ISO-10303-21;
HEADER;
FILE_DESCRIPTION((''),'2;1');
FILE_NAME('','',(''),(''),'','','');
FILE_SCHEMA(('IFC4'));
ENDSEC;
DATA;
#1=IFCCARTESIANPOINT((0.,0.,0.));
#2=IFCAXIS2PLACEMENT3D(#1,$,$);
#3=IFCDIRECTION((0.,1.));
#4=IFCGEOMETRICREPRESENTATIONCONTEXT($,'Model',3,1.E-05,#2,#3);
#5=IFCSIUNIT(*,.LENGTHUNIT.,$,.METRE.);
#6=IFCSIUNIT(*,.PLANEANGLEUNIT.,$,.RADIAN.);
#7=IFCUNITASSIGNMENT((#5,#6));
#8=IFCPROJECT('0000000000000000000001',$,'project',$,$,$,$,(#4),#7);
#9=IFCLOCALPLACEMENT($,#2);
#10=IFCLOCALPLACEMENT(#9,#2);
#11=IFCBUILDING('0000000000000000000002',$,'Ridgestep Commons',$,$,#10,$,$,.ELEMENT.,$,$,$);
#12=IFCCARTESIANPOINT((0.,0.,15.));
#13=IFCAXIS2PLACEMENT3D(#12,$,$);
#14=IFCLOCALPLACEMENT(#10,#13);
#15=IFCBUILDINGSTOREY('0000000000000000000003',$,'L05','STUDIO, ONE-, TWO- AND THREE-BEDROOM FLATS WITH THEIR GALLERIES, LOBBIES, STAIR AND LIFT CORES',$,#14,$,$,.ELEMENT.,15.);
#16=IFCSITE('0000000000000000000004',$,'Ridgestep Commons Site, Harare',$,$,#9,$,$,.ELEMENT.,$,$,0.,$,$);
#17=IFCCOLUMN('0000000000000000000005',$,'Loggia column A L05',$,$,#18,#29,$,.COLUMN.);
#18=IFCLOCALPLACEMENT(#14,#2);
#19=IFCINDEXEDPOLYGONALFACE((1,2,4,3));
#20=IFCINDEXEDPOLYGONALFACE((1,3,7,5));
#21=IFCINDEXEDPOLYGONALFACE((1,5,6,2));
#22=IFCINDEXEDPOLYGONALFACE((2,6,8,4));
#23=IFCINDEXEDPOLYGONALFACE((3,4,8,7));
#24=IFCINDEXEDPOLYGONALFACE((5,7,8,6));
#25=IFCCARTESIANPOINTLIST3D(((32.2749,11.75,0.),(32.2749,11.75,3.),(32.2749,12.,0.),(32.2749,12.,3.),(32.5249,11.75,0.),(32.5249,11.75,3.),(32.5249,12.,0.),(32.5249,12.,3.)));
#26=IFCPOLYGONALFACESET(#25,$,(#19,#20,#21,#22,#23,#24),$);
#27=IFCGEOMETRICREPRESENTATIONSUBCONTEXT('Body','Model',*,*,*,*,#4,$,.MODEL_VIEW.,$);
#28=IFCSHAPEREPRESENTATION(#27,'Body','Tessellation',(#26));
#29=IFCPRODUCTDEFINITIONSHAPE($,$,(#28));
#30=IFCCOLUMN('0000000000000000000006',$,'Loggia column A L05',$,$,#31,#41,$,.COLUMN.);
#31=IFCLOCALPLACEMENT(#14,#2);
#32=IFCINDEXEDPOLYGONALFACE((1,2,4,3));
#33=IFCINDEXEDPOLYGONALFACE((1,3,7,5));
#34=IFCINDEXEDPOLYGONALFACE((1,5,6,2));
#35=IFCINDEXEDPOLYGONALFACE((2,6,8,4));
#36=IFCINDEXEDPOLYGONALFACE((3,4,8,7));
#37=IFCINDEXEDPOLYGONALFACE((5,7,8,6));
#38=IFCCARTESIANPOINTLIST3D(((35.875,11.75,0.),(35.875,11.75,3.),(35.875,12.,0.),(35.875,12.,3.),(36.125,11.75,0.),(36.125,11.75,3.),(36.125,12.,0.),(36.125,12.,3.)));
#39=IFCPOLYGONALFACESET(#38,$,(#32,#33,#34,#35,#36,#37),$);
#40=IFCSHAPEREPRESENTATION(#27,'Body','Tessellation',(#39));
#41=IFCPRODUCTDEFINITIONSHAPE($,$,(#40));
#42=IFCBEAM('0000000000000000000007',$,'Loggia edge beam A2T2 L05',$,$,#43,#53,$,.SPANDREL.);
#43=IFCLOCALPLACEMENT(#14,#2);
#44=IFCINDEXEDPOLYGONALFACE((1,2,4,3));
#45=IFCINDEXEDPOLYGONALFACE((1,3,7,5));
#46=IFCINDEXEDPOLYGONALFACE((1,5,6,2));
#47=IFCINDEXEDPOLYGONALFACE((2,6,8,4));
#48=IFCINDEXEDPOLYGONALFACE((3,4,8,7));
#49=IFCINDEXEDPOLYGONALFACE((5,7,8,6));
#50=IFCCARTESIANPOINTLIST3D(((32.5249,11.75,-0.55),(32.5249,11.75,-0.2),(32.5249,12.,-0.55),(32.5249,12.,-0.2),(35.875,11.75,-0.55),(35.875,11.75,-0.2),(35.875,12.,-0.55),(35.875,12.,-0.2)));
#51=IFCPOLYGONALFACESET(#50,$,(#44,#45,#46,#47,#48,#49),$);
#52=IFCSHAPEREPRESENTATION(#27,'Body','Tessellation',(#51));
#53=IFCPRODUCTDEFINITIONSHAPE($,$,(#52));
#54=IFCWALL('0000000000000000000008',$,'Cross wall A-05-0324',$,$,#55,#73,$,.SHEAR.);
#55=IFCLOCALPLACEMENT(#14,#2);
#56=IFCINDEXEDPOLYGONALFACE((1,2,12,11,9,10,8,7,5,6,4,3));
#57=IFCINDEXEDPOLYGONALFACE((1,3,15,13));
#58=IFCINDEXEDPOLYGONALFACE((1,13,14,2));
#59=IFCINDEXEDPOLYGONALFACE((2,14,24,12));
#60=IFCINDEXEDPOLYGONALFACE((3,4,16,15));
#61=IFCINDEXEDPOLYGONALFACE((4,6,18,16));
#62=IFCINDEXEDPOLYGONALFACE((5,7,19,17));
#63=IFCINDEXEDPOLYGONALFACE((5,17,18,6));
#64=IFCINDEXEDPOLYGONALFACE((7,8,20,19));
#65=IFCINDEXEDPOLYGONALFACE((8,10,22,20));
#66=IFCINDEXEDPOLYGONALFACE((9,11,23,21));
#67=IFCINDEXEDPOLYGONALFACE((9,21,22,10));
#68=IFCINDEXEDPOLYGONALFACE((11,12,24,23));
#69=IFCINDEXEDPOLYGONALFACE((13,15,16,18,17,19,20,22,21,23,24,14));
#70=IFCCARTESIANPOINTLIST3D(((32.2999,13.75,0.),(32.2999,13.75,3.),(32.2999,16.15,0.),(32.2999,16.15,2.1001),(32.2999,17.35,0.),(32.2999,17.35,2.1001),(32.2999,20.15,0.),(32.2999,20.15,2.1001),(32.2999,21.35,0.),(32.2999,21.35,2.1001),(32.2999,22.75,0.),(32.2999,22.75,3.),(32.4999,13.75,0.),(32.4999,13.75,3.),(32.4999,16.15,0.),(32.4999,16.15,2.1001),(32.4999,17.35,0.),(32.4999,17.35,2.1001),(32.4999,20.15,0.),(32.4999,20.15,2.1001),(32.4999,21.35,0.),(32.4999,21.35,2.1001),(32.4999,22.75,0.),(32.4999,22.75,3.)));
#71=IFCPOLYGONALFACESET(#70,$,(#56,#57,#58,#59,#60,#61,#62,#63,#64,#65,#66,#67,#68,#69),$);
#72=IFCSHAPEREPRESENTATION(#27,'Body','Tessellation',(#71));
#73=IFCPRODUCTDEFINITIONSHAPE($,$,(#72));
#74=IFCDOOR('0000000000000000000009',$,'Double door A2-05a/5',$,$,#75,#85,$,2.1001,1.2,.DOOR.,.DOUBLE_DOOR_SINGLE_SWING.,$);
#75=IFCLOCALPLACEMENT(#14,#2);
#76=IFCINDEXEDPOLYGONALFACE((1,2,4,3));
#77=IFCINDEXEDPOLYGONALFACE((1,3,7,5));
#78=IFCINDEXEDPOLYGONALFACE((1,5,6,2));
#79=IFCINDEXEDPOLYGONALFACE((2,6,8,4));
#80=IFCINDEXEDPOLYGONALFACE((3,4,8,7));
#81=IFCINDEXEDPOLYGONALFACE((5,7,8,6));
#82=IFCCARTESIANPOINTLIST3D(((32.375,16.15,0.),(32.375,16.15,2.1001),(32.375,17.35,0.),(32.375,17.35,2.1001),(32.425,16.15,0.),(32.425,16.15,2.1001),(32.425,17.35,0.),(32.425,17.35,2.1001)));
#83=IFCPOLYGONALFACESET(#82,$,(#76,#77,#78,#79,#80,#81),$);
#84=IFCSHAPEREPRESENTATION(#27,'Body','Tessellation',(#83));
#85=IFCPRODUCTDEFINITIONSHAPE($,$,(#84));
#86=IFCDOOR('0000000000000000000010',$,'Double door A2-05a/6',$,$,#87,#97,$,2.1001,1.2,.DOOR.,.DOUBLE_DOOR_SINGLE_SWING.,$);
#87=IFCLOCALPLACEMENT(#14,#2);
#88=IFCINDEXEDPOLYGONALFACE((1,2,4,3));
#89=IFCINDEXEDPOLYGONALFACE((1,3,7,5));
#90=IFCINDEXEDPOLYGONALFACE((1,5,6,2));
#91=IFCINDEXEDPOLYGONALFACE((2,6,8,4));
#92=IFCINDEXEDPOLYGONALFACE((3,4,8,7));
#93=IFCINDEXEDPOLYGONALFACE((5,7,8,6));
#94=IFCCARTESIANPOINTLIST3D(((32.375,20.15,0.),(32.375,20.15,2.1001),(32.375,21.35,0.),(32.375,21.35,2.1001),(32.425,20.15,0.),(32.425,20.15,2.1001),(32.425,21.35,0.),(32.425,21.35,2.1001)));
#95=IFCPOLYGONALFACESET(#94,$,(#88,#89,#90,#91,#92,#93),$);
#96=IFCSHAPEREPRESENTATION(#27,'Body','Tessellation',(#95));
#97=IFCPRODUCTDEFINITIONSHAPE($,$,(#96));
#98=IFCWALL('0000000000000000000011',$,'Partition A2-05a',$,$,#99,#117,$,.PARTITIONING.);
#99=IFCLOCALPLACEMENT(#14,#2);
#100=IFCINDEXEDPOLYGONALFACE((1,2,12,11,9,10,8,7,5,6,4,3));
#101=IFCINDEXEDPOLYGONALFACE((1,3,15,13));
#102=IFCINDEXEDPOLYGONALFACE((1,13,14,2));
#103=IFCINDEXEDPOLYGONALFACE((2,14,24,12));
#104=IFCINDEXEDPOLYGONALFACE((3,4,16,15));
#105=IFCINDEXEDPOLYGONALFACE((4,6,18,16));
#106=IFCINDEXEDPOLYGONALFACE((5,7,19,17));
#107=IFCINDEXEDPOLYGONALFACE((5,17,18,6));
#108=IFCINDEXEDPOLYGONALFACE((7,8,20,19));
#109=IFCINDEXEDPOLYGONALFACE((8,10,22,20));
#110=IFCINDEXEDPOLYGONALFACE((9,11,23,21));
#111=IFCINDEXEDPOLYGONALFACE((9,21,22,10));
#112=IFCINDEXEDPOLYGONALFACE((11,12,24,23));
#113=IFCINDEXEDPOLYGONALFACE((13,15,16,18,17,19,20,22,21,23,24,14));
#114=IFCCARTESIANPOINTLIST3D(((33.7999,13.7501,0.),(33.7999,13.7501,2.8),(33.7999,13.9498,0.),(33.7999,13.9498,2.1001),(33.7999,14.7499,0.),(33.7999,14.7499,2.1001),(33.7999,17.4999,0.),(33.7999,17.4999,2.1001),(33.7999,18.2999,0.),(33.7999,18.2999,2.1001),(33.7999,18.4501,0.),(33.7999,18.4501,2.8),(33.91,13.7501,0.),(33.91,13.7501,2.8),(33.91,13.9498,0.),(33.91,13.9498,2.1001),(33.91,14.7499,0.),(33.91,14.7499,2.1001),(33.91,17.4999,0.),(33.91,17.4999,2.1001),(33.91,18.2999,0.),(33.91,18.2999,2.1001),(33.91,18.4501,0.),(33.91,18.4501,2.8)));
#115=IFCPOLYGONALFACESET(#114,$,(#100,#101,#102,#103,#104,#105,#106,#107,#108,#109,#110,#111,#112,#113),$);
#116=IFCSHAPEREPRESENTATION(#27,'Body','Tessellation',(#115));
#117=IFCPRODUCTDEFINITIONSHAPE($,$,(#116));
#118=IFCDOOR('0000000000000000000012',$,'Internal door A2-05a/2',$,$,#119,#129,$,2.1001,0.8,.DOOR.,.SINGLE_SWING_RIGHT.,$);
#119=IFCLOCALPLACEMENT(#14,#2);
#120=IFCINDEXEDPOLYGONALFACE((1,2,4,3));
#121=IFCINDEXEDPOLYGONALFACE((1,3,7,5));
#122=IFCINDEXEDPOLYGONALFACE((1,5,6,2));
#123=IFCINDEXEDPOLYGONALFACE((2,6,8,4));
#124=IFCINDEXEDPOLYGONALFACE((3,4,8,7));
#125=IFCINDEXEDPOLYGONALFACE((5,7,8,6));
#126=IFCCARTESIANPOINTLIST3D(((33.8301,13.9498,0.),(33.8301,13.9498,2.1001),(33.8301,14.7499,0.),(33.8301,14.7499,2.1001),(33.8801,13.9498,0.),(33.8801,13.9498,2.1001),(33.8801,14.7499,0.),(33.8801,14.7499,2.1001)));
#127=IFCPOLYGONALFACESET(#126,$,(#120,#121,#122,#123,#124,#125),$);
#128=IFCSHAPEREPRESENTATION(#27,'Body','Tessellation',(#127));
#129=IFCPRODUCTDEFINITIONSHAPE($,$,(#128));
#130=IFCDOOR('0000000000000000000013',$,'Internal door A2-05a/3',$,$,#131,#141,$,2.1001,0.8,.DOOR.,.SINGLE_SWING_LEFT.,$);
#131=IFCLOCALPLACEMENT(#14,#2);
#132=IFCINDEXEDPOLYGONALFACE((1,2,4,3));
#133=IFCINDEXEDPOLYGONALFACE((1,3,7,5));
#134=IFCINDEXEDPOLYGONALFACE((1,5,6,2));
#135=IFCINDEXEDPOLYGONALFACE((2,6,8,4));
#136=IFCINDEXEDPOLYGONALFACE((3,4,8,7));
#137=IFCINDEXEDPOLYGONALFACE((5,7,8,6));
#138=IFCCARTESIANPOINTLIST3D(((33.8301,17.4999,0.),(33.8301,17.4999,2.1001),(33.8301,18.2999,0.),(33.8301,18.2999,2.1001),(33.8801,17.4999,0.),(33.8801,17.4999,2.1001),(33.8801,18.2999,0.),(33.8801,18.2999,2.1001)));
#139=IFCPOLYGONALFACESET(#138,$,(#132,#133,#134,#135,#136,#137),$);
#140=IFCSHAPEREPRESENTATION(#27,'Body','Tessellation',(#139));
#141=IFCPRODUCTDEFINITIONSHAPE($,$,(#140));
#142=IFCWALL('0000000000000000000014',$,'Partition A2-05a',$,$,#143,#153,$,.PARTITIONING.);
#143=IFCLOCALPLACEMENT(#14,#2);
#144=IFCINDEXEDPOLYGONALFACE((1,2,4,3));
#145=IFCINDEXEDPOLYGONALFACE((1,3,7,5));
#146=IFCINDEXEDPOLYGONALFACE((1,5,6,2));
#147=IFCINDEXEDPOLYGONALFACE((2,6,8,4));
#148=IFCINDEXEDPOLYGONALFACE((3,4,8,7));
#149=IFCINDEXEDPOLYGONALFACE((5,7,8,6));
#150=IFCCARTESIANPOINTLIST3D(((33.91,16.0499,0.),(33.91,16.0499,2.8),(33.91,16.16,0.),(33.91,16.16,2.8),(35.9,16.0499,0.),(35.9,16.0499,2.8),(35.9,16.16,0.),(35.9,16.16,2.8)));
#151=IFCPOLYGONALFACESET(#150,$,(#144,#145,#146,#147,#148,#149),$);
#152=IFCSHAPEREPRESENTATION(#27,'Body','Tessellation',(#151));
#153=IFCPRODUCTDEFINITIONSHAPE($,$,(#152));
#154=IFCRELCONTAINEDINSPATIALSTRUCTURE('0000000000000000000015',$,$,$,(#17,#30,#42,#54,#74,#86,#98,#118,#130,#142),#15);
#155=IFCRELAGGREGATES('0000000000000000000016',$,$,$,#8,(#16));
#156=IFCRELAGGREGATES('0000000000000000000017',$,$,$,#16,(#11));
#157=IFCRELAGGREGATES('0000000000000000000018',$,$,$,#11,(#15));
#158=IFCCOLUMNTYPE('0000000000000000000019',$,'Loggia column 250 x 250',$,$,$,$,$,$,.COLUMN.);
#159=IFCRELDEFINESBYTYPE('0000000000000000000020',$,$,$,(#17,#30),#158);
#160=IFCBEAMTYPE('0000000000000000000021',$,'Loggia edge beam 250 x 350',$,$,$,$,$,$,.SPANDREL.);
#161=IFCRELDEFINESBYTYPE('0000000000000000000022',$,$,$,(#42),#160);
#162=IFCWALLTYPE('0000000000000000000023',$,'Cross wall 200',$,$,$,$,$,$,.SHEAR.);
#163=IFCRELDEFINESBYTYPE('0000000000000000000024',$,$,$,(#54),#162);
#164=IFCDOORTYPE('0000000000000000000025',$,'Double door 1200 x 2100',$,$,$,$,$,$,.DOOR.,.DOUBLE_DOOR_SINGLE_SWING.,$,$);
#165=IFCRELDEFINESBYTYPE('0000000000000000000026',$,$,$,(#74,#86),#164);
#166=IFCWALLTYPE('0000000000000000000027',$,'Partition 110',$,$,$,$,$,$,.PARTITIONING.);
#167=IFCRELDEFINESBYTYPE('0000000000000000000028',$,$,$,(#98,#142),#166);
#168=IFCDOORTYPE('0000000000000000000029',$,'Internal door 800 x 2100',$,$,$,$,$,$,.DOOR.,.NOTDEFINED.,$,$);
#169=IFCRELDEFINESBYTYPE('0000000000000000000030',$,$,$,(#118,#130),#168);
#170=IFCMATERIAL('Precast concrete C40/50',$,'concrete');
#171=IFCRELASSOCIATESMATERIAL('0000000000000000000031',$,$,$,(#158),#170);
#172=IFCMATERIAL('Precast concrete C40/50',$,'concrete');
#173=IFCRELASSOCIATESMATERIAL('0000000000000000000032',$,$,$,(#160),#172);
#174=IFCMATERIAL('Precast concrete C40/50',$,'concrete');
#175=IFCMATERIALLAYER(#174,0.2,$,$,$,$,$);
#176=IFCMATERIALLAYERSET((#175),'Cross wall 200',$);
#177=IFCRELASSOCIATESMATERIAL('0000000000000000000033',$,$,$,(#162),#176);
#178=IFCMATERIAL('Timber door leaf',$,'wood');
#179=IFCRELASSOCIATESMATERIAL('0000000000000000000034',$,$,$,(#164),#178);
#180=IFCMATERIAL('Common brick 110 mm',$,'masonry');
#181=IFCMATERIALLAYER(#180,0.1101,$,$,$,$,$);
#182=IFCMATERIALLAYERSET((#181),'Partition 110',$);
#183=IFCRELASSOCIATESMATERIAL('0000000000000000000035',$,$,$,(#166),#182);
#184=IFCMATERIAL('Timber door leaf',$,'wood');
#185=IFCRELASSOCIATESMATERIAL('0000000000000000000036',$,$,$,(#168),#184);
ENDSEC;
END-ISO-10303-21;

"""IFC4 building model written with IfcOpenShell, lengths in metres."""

from ifc_helpers import new_model, si_unit, direction, frame, frame_2d, origin, origin_2d, place, context, subcontext, project, spatial, rectangle, extrude, material, layer, layer_set, material_profile, profile_set, type_object, element, fill, save


model = new_model("IFC4")

# Units and contexts
model_context = context("Model", 3, precision=1e-05, world=origin(), true_north=direction((0.0, 1.0)))
body_context = subcontext(model_context, "Body", "Model", "MODEL_VIEW")
ifc_project = project(units=[si_unit("LENGTHUNIT", "METRE"), si_unit("PLANEANGLEUNIT", "RADIAN")], contexts=[model_context])

# Site, building, storey
site_placement = place(None, origin())
site = spatial("IfcSite", under=ifc_project, at=site_placement, Name="Ridgestep Commons Site, Harare", CompositionType="ELEMENT", RefElevation=0.0)
building_placement = place(site_placement, origin())
building = spatial("IfcBuilding", under=site, at=building_placement, Name="Ridgestep Commons", CompositionType="ELEMENT")
storey_placement = place(building_placement, frame((0.0, 0.0, 15.0)))
storey = spatial("IfcBuildingStorey", under=building, at=storey_placement, Name="L05", Description="STUDIO, ONE-, TWO- AND THREE-BEDROOM FLATS WITH THEIR GALLERIES, LOBBIES, STAIR AND LIFT CORES", CompositionType="ELEMENT", Elevation=15.0)

# Columns
ifc_material_1 = material(Name="Precast concrete C40/50", Category="concrete")
ifc_material_profile_1 = material_profile(ifc_material_1, rectangle(XDim=0.25, YDim=0.25, at=origin_2d()), Name="PC 250x250")
ifc_profile_set_1 = profile_set([ifc_material_profile_1], Name="Precast concrete C40/50")
column_type = type_object("IfcColumnType", Name="Loggia column 250 x 250", PredefinedType="COLUMN", material=ifc_profile_set_1)
for number, where, z_axis, x_axis, name in (
    (1, (32.3999, 11.875, 0.0), (0.0, 0.0, 1.0), (1.0, 0.0, 0.0), "Loggia column A L05"),
    (2, (36.0, 11.875, 0.0), (0.0, 0.0, 1.0), (1.0, 0.0, 0.0), "Loggia column A L05"),
):
    element("IfcColumn", number, at=place(storey_placement, frame(where, z_axis=z_axis, x_axis=x_axis)), inside=storey, type_object=column_type, Name=name, PredefinedType="COLUMN", context=body_context, shape_type="SweptSolid", body=[
        extrude(rectangle(XDim=0.25, YDim=0.25, at=origin_2d()), origin(), (0.0, 0.0, 1.0), 3.0),
    ])

# Beam
ifc_material_2 = material(Name="Precast concrete C40/50", Category="concrete")
ifc_material_profile_2 = material_profile(ifc_material_2, rectangle(XDim=0.25, YDim=0.3501, at=origin_2d()), Name="PC 250x350")
ifc_profile_set_2 = profile_set([ifc_material_profile_2], Name="Precast concrete C40/50")
beam_type = type_object("IfcBeamType", Name="Loggia edge beam 250 x 350", PredefinedType="SPANDREL", material=ifc_profile_set_2)
beam_placement = place(storey_placement, frame((32.5249, 11.875, -0.375), z_axis=(1.0, 0.0, 0.0), x_axis=(0.0, 1.0, 0.0)))
element("IfcBeam", 3, at=beam_placement, inside=storey, type_object=beam_type, Name="Loggia edge beam A2T2 L05", PredefinedType="SPANDREL", context=body_context, shape_type="SweptSolid", body=[
    extrude(rectangle(XDim=0.25, YDim=0.3501, at=origin_2d()), origin(), (0.0, 0.0, 1.0), 3.3501),
])

# Walls, openings, doors
ifc_material_3 = material(Name="Precast concrete C40/50", Category="concrete")
ifc_layer_1 = layer(ifc_material_3, 0.2)
ifc_layer_set_1 = layer_set([ifc_layer_1], Name="Cross wall 200")
wall_type_1 = type_object("IfcWallType", Name="Cross wall 200", PredefinedType="SHEAR", material=ifc_layer_set_1)
wall_1_placement = place(storey_placement, frame((32.3999, 13.75, 0.0), z_axis=(0.0, 0.0, 1.0), x_axis=(0.0, 1.0, 0.0)))
wall_1 = element("IfcWall", 4, at=wall_1_placement, inside=storey, type_object=wall_type_1, Name="Cross wall A-05-0324", PredefinedType="SHEAR", context=body_context, shape_type="SweptSolid", body=[
    extrude(rectangle(XDim=9.0, YDim=0.2, at=frame_2d((4.5, 0.0))), origin(), (0.0, 0.0, 1.0), 3.0),
])
opening_1_placement = place(wall_1_placement, frame((2.3999, 0.0, 0.0)))
opening_1 = element("IfcOpeningElement", 5, at=opening_1_placement, cuts=wall_1, PredefinedType="OPENING", context=body_context, shape_type="SweptSolid", body=[
    extrude(rectangle(XDim=1.2, YDim=2.1001, at=frame_2d((0.6001, 1.05))), frame((0.0, 0.1099, 0.0), z_axis=(0.0, -1.0, 0.0), x_axis=(1.0, 0.0, 0.0)), (0.0, 0.0, 1.0), 0.22),
])
opening_2_placement = place(wall_1_placement, frame((6.3999, 0.0, 0.0)))
opening_2 = element("IfcOpeningElement", 6, at=opening_2_placement, cuts=wall_1, PredefinedType="OPENING", context=body_context, shape_type="SweptSolid", body=[
    extrude(rectangle(XDim=1.2, YDim=2.1001, at=frame_2d((0.6001, 1.05))), frame((0.0, 0.1099, 0.0), z_axis=(0.0, -1.0, 0.0), x_axis=(1.0, 0.0, 0.0)), (0.0, 0.0, 1.0), 0.22),
])
ifc_material_4 = material(Name="Timber door leaf", Category="wood")
door_type_1 = type_object("IfcDoorType", Name="Double door 1200 x 2100", OperationType="DOUBLE_DOOR_SINGLE_SWING", PredefinedType="DOOR", material=ifc_material_4)
door_1_placement = place(opening_1_placement, origin())
door_1 = element("IfcDoor", 7, at=door_1_placement, inside=storey, type_object=door_type_1, Name="Double door A2-05a/5", OperationType="DOUBLE_DOOR_SINGLE_SWING", OverallHeight=2.1001, OverallWidth=1.2, PredefinedType="DOOR", context=body_context, shape_type="SweptSolid", body=[
    extrude(rectangle(XDim=1.2, YDim=2.1001, at=frame_2d((0.6001, 1.05))), frame((0.0, 0.0249, 0.0), z_axis=(0.0, -1.0, 0.0), x_axis=(1.0, 0.0, 0.0)), (0.0, 0.0, 1.0), 0.05),
])
fill(opening_1, door_1)
door_2_placement = place(opening_2_placement, origin())
door_2 = element("IfcDoor", 8, at=door_2_placement, inside=storey, type_object=door_type_1, Name="Double door A2-05a/6", OperationType="DOUBLE_DOOR_SINGLE_SWING", OverallHeight=2.1001, OverallWidth=1.2, PredefinedType="DOOR", context=body_context, shape_type="SweptSolid", body=[
    extrude(rectangle(XDim=1.2, YDim=2.1001, at=frame_2d((0.6001, 1.05))), frame((0.0, 0.0249, 0.0), z_axis=(0.0, -1.0, 0.0), x_axis=(1.0, 0.0, 0.0)), (0.0, 0.0, 1.0), 0.05),
])
fill(opening_2, door_2)
ifc_material_5 = material(Name="Common brick 110 mm", Category="masonry")
ifc_layer_2 = layer(ifc_material_5, 0.1101)
ifc_layer_set_2 = layer_set([ifc_layer_2], Name="Partition 110")
wall_type_2 = type_object("IfcWallType", Name="Partition 110", PredefinedType="PARTITIONING", material=ifc_layer_set_2)
wall_2_placement = place(storey_placement, frame((33.855, 13.75, 0.0), z_axis=(0.0, 0.0, 1.0), x_axis=(0.0, 1.0, 0.0)))
wall_2 = element("IfcWall", 9, at=wall_2_placement, inside=storey, type_object=wall_type_2, Name="Partition A2-05a", PredefinedType="PARTITIONING", context=body_context, shape_type="SweptSolid", body=[
    extrude(rectangle(XDim=4.7, YDim=0.1101, at=frame_2d((2.3501, 0.0))), origin(), (0.0, 0.0, 1.0), 2.8),
])
opening_3_placement = place(wall_2_placement, frame((0.2, 0.0, 0.0)))
opening_3 = element("IfcOpeningElement", 10, at=opening_3_placement, cuts=wall_2, PredefinedType="OPENING", context=body_context, shape_type="SweptSolid", body=[
    extrude(rectangle(XDim=0.8, YDim=2.1001, at=frame_2d((0.3999, 1.05))), frame((0.0, 0.0649, 0.0), z_axis=(0.0, -1.0, 0.0), x_axis=(1.0, 0.0, 0.0)), (0.0, 0.0, 1.0), 0.1301),
])
opening_4_placement = place(wall_2_placement, frame((3.75, 0.0, 0.0)))
opening_4 = element("IfcOpeningElement", 11, at=opening_4_placement, cuts=wall_2, PredefinedType="OPENING", context=body_context, shape_type="SweptSolid", body=[
    extrude(rectangle(XDim=0.8, YDim=2.1001, at=frame_2d((0.3999, 1.05))), frame((0.0, 0.0649, 0.0), z_axis=(0.0, -1.0, 0.0), x_axis=(1.0, 0.0, 0.0)), (0.0, 0.0, 1.0), 0.1301),
])
ifc_material_6 = material(Name="Timber door leaf", Category="wood")
door_type_2 = type_object("IfcDoorType", Name="Internal door 800 x 2100", OperationType="NOTDEFINED", PredefinedType="DOOR", material=ifc_material_6)
door_3_placement = place(opening_3_placement, origin())
door_3 = element("IfcDoor", 12, at=door_3_placement, inside=storey, type_object=door_type_2, Name="Internal door A2-05a/2", OperationType="SINGLE_SWING_RIGHT", OverallHeight=2.1001, OverallWidth=0.8, PredefinedType="DOOR", context=body_context, shape_type="SweptSolid", body=[
    extrude(rectangle(XDim=0.8, YDim=2.1001, at=frame_2d((0.3999, 1.05))), frame((0.0, 0.0249, 0.0), z_axis=(0.0, -1.0, 0.0), x_axis=(1.0, 0.0, 0.0)), (0.0, 0.0, 1.0), 0.05),
])
fill(opening_3, door_3)
door_4_placement = place(opening_4_placement, origin())
door_4 = element("IfcDoor", 13, at=door_4_placement, inside=storey, type_object=door_type_2, Name="Internal door A2-05a/3", OperationType="SINGLE_SWING_LEFT", OverallHeight=2.1001, OverallWidth=0.8, PredefinedType="DOOR", context=body_context, shape_type="SweptSolid", body=[
    extrude(rectangle(XDim=0.8, YDim=2.1001, at=frame_2d((0.3999, 1.05))), frame((0.0, 0.0249, 0.0), z_axis=(0.0, -1.0, 0.0), x_axis=(1.0, 0.0, 0.0)), (0.0, 0.0, 1.0), 0.05),
])
fill(opening_4, door_4)

# Wall
wall_3_placement = place(storey_placement, frame((33.9099, 16.105, 0.0), z_axis=(0.0, 0.0, 1.0), x_axis=(1.0, 0.0, 0.0)))
element("IfcWall", 14, at=wall_3_placement, inside=storey, type_object=wall_type_2, Name="Partition A2-05a", PredefinedType="PARTITIONING", context=body_context, shape_type="SweptSolid", body=[
    extrude(rectangle(XDim=1.99, YDim=0.1101, at=frame_2d((0.9951, 0.0))), origin(), (0.0, 0.0, 1.0), 2.8),
])

save(model, "model.ifc")
